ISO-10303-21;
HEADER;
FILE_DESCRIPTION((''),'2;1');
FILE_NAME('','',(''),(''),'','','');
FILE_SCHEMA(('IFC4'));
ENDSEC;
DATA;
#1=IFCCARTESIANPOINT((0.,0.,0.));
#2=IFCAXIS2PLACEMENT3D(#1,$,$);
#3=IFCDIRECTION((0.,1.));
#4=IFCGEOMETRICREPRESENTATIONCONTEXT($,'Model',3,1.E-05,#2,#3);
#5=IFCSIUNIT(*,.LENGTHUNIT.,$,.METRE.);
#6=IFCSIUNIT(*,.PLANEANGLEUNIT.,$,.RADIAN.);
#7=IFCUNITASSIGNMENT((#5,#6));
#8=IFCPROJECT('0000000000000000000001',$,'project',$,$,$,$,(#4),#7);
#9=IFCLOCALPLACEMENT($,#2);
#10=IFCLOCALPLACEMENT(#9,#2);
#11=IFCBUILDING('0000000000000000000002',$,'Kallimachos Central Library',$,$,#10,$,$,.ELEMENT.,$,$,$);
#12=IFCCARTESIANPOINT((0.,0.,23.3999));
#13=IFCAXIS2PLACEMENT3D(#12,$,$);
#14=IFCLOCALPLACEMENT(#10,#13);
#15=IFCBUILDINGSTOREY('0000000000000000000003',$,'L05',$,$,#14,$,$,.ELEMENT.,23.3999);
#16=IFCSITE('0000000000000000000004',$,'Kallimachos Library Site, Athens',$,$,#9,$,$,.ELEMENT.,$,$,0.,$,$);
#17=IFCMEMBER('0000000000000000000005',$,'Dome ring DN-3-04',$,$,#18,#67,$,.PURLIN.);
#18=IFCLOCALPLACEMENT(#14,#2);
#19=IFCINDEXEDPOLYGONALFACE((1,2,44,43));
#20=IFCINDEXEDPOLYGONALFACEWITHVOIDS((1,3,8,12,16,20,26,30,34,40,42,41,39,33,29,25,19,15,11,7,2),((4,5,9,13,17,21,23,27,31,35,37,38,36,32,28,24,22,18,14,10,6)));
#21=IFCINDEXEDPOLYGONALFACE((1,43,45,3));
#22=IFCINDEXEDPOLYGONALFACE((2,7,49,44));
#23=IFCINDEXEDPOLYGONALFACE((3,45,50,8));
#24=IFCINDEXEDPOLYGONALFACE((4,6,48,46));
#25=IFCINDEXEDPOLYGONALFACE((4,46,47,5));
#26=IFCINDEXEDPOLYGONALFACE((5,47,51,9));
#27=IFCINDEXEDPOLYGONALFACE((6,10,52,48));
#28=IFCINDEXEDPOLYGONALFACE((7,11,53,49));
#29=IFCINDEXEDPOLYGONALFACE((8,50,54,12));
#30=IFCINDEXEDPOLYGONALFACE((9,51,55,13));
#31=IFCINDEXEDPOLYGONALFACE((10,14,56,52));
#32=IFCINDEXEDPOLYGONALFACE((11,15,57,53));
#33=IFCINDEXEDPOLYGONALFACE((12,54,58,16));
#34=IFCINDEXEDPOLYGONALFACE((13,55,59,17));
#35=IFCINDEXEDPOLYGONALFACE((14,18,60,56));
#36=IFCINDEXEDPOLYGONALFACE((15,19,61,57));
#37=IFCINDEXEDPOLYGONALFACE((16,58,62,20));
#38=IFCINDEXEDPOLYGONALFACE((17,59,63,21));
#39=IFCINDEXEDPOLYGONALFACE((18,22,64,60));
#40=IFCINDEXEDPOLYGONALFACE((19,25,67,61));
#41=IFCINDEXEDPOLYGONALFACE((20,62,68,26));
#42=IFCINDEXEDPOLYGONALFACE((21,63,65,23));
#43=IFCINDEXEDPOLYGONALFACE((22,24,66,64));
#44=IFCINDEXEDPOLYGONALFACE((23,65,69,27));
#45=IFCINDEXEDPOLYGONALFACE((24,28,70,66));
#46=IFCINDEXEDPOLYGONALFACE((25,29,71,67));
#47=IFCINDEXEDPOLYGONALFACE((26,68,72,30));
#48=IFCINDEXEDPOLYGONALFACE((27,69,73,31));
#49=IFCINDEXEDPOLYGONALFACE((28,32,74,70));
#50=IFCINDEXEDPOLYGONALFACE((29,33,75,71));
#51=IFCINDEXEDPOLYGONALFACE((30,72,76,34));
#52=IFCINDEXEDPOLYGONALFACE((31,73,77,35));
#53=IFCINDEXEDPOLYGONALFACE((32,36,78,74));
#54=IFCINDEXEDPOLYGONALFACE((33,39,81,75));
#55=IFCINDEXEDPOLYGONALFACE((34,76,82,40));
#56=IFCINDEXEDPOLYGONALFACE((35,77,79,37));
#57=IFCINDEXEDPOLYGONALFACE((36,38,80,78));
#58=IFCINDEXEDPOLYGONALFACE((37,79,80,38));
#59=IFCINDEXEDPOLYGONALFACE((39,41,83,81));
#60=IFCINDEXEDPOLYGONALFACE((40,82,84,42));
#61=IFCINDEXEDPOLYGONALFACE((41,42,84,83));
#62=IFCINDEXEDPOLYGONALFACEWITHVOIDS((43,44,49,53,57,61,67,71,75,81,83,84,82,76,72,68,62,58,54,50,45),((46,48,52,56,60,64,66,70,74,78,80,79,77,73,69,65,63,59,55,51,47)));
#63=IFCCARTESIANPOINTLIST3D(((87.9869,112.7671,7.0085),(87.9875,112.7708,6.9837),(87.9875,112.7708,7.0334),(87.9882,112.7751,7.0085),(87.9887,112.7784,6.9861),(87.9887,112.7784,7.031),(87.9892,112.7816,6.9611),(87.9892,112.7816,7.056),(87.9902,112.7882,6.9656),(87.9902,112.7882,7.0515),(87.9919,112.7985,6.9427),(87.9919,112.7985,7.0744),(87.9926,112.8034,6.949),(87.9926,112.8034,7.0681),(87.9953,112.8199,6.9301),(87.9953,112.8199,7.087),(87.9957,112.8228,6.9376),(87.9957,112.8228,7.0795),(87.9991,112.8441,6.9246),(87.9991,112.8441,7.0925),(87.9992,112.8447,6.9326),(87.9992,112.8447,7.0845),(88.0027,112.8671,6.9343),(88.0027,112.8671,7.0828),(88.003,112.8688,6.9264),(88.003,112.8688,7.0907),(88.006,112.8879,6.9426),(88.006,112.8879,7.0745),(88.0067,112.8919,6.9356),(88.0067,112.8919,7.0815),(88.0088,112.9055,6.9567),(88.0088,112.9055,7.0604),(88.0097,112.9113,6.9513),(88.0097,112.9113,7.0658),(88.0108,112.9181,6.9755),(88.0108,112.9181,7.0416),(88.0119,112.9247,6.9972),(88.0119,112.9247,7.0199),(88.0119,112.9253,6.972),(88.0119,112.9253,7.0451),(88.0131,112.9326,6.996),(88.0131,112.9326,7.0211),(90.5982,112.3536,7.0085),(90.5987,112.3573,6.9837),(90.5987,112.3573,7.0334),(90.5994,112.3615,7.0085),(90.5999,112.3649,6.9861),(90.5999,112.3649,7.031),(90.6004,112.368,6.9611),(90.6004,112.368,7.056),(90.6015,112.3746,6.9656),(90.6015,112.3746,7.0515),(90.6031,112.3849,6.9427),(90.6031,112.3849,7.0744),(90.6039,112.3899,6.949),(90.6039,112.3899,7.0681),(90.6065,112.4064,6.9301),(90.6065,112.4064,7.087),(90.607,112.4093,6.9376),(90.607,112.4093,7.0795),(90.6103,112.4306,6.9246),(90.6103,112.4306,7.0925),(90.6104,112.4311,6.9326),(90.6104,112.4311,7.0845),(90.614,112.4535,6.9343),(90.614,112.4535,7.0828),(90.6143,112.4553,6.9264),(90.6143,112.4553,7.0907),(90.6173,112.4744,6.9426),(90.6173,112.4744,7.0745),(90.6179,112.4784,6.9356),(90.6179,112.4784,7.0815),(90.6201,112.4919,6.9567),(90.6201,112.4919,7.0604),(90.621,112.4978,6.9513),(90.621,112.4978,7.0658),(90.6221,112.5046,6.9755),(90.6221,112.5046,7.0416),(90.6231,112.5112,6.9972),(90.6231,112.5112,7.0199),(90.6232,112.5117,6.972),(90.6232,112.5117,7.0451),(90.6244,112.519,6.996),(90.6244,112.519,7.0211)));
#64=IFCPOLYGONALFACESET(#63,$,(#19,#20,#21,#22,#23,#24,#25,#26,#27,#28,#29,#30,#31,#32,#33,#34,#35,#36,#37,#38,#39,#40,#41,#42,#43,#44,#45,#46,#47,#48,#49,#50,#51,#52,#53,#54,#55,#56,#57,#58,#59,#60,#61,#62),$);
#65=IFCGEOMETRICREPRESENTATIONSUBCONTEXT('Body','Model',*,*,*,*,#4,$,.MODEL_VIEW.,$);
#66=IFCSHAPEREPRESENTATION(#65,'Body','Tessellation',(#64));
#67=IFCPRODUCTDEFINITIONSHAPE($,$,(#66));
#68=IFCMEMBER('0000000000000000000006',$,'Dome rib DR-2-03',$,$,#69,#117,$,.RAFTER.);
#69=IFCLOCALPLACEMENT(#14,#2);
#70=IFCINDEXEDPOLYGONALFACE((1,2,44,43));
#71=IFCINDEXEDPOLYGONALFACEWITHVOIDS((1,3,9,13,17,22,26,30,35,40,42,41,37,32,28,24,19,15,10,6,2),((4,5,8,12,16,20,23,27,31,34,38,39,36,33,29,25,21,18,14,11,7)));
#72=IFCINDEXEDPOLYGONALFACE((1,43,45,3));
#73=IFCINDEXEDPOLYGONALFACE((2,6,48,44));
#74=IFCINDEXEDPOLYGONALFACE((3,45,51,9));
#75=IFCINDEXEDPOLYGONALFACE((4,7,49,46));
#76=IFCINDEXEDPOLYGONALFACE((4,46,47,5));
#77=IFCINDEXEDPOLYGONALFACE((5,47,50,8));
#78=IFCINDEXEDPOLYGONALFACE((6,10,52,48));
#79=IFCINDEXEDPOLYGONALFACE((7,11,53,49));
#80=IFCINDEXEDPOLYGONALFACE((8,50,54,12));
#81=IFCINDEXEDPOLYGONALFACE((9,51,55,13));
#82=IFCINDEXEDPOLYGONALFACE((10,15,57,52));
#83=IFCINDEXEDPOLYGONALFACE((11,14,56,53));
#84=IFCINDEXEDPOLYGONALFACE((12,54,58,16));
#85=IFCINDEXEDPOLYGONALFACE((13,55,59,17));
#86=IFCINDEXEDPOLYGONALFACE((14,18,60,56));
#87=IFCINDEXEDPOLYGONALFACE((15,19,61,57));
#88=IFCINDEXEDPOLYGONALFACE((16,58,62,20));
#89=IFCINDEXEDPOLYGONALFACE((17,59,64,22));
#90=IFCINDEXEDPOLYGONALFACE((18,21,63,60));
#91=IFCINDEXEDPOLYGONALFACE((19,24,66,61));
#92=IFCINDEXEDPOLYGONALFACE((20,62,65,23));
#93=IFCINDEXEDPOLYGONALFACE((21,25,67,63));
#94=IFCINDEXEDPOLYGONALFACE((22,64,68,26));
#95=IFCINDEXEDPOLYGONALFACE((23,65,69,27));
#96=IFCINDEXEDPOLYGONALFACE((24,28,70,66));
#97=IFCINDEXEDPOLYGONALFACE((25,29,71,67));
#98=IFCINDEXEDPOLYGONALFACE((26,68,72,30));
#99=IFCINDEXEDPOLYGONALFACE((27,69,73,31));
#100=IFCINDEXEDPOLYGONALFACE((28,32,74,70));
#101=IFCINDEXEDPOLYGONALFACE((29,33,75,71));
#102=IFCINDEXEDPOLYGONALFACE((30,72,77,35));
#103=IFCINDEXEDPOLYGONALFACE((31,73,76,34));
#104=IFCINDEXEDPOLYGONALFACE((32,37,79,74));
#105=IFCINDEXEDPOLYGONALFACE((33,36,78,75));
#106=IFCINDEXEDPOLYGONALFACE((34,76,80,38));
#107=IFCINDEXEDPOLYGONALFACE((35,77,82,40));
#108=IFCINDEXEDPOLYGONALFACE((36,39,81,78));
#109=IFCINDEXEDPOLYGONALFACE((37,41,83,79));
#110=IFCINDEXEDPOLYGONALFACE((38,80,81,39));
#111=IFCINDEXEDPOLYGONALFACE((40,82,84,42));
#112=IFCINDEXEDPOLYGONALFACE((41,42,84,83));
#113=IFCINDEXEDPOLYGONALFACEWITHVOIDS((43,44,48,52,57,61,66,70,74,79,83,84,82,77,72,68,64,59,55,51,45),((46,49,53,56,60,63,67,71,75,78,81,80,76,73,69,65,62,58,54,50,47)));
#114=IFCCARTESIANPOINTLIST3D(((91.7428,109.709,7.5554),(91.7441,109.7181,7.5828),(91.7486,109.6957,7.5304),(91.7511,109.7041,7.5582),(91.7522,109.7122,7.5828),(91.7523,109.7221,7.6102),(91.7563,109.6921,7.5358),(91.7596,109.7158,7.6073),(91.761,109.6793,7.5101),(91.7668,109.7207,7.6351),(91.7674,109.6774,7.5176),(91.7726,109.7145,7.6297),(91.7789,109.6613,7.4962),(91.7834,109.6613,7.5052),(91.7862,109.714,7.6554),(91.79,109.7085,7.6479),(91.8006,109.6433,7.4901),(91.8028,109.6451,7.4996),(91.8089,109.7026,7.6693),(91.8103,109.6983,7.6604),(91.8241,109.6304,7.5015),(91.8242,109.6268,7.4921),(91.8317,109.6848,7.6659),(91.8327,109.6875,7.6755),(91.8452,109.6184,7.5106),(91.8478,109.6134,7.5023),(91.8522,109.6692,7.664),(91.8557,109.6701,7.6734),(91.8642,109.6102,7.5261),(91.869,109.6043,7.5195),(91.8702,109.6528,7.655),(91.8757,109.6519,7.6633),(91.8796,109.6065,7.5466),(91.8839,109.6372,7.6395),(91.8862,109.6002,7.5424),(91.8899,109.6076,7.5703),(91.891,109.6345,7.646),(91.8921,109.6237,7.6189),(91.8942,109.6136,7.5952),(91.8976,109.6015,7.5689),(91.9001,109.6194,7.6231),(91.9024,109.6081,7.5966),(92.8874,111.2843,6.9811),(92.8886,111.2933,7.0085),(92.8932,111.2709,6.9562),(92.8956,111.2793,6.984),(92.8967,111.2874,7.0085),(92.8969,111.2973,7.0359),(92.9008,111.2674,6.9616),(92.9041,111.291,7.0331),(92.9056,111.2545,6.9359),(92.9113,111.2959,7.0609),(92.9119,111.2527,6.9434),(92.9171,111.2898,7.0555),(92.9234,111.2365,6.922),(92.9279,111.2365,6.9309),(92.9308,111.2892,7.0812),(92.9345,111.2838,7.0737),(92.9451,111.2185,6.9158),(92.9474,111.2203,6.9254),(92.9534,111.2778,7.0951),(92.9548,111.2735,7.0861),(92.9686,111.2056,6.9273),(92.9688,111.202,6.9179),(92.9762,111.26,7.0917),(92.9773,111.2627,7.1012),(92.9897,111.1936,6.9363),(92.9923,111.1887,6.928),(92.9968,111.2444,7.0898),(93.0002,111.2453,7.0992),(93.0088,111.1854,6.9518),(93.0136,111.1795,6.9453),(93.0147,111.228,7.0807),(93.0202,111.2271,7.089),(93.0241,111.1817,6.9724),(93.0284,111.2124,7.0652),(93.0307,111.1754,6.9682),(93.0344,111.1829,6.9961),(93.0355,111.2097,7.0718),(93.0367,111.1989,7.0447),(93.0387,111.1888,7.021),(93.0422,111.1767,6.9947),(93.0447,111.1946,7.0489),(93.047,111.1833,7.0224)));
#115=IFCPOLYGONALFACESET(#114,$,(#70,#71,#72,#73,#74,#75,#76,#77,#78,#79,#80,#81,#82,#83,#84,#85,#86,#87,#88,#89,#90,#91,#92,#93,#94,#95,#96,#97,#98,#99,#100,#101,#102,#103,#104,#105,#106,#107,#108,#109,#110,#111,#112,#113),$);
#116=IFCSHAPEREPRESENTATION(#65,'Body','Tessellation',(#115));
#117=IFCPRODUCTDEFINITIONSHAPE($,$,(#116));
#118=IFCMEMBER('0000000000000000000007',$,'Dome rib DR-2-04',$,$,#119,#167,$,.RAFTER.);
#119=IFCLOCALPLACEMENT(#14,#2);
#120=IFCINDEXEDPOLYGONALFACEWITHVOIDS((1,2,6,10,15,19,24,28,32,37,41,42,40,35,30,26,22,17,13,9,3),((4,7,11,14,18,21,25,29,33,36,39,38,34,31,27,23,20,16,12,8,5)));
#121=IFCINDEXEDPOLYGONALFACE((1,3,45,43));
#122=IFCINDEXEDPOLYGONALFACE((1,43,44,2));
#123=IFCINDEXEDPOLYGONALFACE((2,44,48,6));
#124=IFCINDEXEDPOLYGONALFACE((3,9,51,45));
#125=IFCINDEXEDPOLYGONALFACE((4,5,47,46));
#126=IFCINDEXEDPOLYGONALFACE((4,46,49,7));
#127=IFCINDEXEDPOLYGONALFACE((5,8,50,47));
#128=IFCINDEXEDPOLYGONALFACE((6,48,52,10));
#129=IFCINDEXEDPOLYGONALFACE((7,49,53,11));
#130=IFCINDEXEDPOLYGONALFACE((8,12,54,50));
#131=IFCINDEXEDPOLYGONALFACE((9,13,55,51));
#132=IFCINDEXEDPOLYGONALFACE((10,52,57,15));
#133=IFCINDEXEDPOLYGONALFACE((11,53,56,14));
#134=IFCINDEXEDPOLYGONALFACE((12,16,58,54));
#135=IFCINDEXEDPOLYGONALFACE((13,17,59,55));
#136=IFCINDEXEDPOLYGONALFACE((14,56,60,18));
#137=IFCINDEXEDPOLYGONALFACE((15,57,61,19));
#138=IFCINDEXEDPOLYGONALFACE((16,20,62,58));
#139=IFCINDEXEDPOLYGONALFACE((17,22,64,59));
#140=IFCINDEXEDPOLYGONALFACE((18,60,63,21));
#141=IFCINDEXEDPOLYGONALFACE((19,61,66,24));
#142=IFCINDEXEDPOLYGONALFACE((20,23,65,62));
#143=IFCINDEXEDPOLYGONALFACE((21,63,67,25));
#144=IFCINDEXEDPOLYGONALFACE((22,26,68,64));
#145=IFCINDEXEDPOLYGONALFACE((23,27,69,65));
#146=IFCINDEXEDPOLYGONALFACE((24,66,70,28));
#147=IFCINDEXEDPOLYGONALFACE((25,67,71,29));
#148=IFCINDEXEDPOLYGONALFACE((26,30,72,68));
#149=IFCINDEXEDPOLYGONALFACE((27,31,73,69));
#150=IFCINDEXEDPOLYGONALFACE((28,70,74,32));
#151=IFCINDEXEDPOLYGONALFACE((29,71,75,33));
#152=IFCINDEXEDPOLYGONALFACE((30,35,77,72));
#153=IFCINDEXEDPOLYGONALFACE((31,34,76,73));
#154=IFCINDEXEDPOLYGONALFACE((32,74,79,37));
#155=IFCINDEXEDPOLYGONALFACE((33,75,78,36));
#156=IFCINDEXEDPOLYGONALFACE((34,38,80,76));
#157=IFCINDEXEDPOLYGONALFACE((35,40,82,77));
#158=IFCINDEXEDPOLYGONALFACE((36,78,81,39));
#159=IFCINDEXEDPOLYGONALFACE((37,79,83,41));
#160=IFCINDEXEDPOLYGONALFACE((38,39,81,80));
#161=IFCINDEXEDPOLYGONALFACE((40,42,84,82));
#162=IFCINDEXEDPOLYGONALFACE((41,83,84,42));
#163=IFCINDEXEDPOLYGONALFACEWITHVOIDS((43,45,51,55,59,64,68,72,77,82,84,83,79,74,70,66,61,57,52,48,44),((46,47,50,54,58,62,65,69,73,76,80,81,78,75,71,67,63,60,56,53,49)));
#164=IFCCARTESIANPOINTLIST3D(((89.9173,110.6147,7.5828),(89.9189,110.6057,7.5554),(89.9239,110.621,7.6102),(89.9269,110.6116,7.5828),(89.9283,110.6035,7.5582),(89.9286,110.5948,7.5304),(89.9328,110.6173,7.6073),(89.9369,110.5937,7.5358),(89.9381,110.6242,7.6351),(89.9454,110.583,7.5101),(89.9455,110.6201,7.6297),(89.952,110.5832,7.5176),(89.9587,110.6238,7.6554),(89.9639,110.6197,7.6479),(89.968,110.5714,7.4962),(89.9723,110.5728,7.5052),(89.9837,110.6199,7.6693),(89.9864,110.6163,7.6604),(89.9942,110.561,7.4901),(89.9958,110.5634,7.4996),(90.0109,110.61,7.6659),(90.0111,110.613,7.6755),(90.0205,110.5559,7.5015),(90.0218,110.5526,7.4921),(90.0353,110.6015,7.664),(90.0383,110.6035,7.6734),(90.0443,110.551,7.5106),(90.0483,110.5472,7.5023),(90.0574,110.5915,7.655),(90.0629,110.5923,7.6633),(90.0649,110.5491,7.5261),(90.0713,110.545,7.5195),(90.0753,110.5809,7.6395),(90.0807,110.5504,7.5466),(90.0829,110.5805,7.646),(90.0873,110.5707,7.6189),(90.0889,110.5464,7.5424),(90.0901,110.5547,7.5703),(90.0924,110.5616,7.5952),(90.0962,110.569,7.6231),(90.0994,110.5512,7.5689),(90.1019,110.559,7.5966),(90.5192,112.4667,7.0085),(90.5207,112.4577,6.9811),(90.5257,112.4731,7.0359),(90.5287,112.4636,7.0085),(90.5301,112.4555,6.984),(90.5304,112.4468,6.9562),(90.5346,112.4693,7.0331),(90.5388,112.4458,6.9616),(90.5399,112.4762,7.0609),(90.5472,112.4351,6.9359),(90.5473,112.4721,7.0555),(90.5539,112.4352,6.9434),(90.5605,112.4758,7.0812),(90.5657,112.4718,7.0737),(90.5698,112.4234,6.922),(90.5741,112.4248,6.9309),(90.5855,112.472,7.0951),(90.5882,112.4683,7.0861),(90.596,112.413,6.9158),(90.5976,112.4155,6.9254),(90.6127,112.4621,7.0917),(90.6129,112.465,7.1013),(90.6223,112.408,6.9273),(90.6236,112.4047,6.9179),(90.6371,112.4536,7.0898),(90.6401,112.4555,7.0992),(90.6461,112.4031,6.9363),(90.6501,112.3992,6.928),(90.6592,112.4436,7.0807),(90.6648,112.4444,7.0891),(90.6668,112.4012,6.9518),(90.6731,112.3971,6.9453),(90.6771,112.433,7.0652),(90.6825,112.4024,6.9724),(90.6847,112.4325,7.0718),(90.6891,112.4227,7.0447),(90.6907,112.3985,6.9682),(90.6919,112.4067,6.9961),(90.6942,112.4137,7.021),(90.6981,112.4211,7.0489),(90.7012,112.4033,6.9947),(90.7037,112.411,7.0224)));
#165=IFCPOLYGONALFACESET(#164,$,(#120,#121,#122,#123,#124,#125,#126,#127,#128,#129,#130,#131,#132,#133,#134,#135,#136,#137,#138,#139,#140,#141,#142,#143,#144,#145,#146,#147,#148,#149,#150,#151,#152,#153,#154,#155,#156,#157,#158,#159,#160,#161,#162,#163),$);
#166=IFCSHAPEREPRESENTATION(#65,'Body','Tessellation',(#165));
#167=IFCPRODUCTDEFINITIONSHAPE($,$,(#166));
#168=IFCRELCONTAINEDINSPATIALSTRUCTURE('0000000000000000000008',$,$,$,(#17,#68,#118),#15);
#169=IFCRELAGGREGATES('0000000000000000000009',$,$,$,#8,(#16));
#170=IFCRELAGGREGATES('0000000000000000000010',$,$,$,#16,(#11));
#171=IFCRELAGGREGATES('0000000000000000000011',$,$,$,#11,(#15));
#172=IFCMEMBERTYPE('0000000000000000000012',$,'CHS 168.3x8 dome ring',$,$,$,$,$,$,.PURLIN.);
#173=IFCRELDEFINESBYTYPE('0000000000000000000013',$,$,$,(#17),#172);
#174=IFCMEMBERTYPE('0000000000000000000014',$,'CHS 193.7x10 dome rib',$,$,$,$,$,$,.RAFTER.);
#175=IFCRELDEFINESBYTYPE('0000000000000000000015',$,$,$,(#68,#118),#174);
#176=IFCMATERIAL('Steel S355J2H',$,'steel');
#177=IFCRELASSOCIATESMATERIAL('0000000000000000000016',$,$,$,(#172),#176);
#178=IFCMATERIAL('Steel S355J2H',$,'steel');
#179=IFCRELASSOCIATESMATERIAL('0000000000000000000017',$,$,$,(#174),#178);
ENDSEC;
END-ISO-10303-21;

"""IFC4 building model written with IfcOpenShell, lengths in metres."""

from ifc_helpers import new_model, si_unit, direction, frame, origin, origin_2d, place, context, subcontext, project, spatial, hollow_circle, extrude, material, material_profile, profile_set, type_object, element, save


model = new_model("IFC4")

# Units and contexts
model_context = context("Model", 3, precision=1e-05, world=origin(), true_north=direction((0.0, 1.0)))
body_context = subcontext(model_context, "Body", "Model", "MODEL_VIEW")
ifc_project = project(units=[si_unit("LENGTHUNIT", "METRE"), si_unit("PLANEANGLEUNIT", "RADIAN")], contexts=[model_context])

# Site, building, storey
site_placement = place(None, origin())
site = spatial("IfcSite", under=ifc_project, at=site_placement, Name="Kallimachos Library Site, Athens", CompositionType="ELEMENT", RefElevation=0.0)
building_placement = place(site_placement, origin())
building = spatial("IfcBuilding", under=site, at=building_placement, Name="Kallimachos Central Library", CompositionType="ELEMENT")
storey_placement = place(building_placement, frame((0.0, 0.0, 23.3999)))
storey = spatial("IfcBuildingStorey", under=building, at=storey_placement, Name="L05", CompositionType="ELEMENT", Elevation=23.3999)

# Members
ifc_material_1 = material(Name="Steel S355J2H", Category="steel")
ifc_material_profile_1 = material_profile(ifc_material_1, hollow_circle(Radius=0.0842, WallThickness=0.0081, at=origin_2d()), Name="CHS 168.3x8")
ifc_profile_set_1 = profile_set([ifc_material_profile_1], Name="Steel S355J2H")
member_type_1 = type_object("IfcMemberType", Name="CHS 168.3x8 dome ring", PredefinedType="PURLIN", material=ifc_profile_set_1)
member_1_placement = place(storey_placement, frame((90.6113, 112.4368, 7.0085), z_axis=(-0.987689, 0.156427, 0.0), x_axis=(-0.156427, -0.987689, 0.0)))
element("IfcMember", 1, at=member_1_placement, inside=storey, type_object=member_type_1, Name="Dome ring DN-3-04", PredefinedType="PURLIN", context=body_context, shape_type="SweptSolid", body=[
    extrude(hollow_circle(Radius=0.0842, WallThickness=0.0081, at=origin_2d()), origin(), (0.0, 0.0, 1.0), 2.6438),
])
ifc_material_2 = material(Name="Steel S355J2H", Category="steel")
ifc_material_profile_2 = material_profile(ifc_material_2, hollow_circle(Radius=0.0969, WallThickness=0.01, at=origin_2d()), Name="CHS 193.7x10")
ifc_profile_set_2 = profile_set([ifc_material_profile_2], Name="Steel S355J2H")
member_type_2 = type_object("IfcMemberType", Name="CHS 193.7x10 dome rib", PredefinedType="RAFTER", material=ifc_profile_set_2)
member_2_placement = place(storey_placement, frame((91.8225, 109.6611, 7.5828), z_axis=(0.563807, 0.775956, -0.282866), x_axis=(-0.808996, 0.587814, 0.0)))
element("IfcMember", 2, at=member_2_placement, inside=storey, type_object=member_type_2, Name="Dome rib DR-2-03", PredefinedType="RAFTER", context=body_context, shape_type="SweptSolid", body=[
    extrude(hollow_circle(Radius=0.0969, WallThickness=0.01, at=origin_2d()), origin(), (0.0, 0.0, 1.0), 2.03),
])
for number, where, z_axis, x_axis, name in (
    (3, (90.0095, 110.5847, 7.5828), (0.296417, 0.91222, -0.282829), (-0.951051, 0.309035, 0.0), "Dome rib DR-2-04"),
):
    element("IfcMember", number, at=place(storey_placement, frame(where, z_axis=z_axis, x_axis=x_axis)), inside=storey, type_object=member_type_2, Name=name, PredefinedType="RAFTER", context=body_context, shape_type="SweptSolid", body=[
        extrude(hollow_circle(Radius=0.0969, WallThickness=0.01, at=origin_2d()), origin(), (0.0, 0.0, 1.0), 2.0303),
    ])

save(model, "model.ifc")
